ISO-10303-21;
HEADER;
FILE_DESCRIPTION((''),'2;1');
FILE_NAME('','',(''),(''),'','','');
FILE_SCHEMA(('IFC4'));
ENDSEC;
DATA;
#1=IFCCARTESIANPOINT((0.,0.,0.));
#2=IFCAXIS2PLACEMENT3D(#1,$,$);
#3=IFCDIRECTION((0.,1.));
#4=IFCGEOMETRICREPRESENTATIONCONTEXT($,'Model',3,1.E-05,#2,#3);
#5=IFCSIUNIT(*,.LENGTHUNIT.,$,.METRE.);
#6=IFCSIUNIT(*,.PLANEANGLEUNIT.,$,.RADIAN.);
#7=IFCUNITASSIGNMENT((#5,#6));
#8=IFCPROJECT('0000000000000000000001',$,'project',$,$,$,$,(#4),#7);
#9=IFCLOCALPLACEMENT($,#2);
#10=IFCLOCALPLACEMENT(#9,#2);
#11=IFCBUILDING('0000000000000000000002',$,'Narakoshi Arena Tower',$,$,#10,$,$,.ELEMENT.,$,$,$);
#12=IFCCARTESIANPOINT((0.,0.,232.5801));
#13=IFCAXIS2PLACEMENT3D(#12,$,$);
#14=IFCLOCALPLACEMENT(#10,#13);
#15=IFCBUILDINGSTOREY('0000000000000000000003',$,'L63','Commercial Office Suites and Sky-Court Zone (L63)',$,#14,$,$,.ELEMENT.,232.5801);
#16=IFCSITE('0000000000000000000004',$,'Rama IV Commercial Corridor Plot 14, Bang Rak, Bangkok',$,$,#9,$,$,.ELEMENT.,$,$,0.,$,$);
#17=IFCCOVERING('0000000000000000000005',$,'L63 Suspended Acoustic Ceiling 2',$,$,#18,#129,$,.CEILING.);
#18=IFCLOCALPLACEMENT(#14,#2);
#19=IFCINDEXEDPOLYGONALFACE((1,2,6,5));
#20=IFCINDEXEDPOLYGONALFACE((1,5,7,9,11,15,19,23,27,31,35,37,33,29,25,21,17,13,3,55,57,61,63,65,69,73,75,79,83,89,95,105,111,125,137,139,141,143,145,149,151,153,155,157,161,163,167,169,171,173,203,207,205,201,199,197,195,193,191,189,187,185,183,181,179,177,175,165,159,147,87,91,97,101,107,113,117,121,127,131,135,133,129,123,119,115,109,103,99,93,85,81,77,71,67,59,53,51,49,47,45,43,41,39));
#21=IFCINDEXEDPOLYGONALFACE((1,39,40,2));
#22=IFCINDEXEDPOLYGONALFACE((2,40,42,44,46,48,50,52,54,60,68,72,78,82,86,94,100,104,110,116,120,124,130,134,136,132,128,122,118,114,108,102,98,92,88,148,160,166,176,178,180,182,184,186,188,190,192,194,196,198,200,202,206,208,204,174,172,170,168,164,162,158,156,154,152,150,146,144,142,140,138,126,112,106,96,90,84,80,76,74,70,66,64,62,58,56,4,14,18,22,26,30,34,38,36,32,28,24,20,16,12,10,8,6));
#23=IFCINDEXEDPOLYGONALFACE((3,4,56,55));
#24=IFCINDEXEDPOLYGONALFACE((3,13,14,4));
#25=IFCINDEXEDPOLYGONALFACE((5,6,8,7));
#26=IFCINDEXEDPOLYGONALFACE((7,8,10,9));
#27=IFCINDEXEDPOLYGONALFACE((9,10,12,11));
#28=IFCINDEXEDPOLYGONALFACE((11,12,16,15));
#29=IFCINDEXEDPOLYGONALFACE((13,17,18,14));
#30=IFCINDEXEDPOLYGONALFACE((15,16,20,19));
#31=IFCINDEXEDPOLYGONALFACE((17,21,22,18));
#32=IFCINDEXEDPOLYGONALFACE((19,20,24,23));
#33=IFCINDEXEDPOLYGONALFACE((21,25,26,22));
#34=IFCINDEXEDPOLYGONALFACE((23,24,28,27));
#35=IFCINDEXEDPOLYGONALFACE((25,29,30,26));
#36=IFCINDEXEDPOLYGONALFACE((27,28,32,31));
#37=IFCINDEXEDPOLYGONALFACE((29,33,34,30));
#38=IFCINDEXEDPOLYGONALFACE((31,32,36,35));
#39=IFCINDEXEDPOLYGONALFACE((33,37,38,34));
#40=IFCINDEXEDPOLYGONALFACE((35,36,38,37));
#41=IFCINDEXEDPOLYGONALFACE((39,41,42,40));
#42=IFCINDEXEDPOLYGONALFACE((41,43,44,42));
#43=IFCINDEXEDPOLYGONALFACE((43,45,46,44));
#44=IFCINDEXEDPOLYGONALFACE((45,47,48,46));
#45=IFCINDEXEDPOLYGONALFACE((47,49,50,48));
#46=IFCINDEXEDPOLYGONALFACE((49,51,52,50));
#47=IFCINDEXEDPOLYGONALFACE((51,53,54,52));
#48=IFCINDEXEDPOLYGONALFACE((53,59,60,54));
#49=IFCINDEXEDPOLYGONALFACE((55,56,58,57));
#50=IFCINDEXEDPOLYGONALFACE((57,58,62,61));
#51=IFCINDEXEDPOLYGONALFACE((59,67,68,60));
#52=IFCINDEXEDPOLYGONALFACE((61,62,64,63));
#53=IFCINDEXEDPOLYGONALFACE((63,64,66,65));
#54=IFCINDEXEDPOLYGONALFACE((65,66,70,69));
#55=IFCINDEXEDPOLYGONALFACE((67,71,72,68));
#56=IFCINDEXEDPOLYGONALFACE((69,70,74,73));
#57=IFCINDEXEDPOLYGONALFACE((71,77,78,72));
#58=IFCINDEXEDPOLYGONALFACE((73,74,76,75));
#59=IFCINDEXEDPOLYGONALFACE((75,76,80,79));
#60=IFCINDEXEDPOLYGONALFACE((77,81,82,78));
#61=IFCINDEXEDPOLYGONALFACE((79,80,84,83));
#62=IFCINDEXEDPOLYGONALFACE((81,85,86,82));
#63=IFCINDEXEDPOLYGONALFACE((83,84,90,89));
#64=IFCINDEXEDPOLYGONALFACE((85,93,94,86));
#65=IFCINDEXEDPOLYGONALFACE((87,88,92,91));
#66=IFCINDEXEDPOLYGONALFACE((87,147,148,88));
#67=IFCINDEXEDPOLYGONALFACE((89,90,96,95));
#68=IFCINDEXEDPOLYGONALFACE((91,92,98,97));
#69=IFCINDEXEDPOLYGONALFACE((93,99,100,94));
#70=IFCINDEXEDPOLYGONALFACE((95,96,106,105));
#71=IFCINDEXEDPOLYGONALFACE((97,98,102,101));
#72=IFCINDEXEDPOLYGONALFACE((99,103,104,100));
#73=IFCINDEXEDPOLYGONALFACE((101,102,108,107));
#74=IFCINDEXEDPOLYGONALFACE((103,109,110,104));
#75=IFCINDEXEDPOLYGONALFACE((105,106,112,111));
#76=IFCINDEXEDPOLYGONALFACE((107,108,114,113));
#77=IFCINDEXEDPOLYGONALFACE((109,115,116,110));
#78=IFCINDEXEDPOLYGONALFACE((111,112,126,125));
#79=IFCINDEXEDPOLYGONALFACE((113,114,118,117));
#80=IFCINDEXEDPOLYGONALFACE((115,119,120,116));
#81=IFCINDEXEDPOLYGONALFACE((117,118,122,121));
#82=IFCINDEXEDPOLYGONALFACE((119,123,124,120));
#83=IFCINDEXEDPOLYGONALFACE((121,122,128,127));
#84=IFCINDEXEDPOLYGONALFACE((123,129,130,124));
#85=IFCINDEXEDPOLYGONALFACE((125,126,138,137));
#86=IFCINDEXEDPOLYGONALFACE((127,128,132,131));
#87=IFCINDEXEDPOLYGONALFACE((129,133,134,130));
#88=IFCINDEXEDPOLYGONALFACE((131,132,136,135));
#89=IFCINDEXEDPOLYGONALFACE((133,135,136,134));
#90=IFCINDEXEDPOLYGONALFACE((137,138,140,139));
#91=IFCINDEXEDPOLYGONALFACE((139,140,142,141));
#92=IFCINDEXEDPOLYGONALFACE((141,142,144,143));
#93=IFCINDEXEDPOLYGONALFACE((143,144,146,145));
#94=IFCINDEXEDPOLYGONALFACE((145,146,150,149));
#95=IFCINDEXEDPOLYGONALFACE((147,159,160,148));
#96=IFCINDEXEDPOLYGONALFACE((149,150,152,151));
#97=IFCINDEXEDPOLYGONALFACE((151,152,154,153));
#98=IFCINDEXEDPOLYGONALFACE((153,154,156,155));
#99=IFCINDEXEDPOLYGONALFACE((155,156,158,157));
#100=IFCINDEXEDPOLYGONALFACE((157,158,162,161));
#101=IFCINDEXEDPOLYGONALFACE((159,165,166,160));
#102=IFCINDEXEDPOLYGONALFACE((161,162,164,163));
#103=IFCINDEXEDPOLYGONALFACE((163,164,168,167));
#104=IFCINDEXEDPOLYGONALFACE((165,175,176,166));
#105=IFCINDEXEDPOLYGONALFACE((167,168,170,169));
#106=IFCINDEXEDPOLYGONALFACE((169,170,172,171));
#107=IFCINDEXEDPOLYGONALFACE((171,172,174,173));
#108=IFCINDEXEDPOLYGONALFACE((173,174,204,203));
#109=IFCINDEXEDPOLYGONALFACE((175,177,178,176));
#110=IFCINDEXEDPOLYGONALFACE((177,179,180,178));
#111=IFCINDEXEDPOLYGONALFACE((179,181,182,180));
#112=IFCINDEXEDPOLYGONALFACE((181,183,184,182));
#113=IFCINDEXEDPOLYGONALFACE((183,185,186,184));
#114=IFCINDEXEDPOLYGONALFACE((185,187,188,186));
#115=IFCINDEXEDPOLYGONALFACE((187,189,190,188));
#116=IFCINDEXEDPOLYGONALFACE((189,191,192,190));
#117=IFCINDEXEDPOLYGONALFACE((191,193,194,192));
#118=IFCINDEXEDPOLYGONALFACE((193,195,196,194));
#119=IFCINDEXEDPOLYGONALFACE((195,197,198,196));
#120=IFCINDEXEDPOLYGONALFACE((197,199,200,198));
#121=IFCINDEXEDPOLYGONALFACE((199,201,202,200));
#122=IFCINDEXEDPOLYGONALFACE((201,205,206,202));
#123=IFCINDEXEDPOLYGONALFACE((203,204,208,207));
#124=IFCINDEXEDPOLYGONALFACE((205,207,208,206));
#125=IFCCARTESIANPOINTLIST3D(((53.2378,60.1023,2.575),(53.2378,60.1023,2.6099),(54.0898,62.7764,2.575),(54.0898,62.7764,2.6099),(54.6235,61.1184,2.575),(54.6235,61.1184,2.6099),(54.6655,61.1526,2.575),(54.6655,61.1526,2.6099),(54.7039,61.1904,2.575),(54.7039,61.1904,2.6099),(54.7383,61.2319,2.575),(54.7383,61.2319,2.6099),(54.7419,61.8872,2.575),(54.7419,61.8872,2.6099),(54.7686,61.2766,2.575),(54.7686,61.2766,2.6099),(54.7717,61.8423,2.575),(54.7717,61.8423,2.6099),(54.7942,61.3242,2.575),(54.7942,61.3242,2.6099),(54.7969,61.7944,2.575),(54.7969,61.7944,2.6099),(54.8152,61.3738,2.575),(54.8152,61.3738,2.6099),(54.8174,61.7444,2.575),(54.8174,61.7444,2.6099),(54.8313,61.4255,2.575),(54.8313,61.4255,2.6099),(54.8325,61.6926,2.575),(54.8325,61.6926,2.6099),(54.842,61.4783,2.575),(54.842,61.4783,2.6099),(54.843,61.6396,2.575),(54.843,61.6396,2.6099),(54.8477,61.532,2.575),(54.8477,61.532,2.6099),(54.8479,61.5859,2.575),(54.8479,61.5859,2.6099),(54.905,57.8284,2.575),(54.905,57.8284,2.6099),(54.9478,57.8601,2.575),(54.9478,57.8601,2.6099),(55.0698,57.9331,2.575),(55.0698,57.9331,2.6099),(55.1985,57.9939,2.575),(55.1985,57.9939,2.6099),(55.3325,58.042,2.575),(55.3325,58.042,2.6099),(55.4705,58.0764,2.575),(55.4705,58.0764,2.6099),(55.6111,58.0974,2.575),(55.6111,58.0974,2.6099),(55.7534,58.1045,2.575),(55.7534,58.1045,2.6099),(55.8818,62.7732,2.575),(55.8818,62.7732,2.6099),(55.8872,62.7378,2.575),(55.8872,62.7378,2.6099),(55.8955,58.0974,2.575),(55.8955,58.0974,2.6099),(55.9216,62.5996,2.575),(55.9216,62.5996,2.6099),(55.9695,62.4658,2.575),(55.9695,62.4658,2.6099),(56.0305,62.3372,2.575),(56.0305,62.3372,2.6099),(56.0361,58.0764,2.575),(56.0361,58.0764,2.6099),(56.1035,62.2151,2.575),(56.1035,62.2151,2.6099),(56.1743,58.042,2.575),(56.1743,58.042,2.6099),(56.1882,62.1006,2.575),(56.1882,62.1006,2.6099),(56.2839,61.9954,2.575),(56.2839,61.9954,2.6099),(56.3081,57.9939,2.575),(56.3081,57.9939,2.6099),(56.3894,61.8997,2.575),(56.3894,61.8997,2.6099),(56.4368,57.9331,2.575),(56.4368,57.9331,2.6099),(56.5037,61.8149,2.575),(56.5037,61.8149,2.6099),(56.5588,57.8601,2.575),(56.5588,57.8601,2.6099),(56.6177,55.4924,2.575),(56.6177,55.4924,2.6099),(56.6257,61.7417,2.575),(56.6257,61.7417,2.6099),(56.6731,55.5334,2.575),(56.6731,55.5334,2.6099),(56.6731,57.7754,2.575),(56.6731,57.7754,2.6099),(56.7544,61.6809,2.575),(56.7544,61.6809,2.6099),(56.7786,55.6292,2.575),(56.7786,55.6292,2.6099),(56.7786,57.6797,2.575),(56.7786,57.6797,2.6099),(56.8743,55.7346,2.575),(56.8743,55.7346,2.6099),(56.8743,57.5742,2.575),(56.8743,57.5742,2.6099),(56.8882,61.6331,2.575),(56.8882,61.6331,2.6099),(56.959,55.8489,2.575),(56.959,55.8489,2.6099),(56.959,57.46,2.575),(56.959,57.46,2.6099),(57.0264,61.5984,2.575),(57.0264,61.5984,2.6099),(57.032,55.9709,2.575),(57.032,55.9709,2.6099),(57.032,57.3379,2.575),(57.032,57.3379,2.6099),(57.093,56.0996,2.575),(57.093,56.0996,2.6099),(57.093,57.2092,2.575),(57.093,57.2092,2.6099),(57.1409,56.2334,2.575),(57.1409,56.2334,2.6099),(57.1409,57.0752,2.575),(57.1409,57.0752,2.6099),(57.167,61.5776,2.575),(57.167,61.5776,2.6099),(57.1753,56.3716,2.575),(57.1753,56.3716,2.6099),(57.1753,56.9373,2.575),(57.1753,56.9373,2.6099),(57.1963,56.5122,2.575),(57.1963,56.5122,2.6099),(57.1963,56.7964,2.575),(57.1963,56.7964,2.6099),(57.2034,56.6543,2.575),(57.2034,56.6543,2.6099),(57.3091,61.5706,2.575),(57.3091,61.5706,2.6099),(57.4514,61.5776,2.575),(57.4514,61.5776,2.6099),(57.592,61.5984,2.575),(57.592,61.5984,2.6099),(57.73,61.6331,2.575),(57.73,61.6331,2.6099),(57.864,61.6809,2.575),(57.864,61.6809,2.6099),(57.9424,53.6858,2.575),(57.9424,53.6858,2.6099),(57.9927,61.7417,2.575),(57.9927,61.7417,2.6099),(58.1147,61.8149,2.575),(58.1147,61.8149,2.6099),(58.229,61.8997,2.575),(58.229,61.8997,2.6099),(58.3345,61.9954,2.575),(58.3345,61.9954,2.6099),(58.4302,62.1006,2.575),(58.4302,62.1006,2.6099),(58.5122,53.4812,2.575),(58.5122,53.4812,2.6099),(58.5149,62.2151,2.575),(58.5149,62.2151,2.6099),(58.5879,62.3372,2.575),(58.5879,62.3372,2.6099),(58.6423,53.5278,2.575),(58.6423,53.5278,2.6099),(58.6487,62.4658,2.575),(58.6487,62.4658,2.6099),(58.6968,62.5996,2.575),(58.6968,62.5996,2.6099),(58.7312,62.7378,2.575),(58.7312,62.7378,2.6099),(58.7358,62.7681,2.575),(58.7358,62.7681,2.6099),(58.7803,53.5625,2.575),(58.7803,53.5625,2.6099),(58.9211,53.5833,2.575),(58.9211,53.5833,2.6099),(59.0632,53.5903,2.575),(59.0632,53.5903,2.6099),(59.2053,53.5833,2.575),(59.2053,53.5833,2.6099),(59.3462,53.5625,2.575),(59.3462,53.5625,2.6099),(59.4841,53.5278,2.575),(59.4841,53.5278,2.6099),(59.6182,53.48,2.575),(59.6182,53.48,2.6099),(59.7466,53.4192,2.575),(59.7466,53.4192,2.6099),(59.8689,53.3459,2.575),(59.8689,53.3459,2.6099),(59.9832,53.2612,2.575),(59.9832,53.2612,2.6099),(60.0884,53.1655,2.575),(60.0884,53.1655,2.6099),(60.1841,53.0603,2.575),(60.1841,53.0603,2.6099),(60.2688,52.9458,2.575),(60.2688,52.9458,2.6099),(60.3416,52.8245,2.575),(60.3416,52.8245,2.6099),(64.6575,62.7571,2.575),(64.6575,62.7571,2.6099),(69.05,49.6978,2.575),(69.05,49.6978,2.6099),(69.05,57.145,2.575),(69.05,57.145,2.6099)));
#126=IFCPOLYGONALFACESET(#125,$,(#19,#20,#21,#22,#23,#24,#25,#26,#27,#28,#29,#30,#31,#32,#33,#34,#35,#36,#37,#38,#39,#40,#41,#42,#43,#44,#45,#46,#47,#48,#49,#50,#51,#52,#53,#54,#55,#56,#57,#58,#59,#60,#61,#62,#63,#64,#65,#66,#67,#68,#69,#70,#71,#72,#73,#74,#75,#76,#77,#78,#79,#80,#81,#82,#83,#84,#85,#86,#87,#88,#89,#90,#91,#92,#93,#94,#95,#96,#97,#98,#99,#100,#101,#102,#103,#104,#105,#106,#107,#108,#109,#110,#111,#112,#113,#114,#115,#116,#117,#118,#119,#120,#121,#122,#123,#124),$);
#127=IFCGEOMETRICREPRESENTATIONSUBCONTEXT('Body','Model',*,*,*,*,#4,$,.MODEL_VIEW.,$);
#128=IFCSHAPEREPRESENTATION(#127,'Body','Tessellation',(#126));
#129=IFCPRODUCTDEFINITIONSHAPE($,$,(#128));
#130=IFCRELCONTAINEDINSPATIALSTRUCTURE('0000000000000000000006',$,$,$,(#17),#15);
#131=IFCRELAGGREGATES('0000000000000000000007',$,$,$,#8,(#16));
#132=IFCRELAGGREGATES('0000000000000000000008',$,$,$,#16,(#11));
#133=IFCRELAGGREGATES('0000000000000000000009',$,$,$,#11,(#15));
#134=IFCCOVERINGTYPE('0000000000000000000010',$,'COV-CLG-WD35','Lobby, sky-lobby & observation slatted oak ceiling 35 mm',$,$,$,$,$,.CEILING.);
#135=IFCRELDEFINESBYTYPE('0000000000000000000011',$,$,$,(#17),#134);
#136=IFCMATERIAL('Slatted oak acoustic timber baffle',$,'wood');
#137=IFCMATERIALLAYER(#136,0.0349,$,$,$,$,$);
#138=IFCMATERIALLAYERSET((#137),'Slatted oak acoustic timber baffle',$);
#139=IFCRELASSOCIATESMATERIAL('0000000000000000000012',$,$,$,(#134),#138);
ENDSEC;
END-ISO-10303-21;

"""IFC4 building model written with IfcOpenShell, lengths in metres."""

from ifc_helpers import new_model, si_unit, direction, frame, origin, place, context, subcontext, project, spatial, polyline, outline, extrude, material, layer, layer_set, type_object, element, save


model = new_model("IFC4")

# Units and contexts
model_context = context("Model", 3, precision=1e-05, world=origin(), true_north=direction((0.0, 1.0)))
body_context = subcontext(model_context, "Body", "Model", "MODEL_VIEW")
ifc_project = project(units=[si_unit("LENGTHUNIT", "METRE"), si_unit("PLANEANGLEUNIT", "RADIAN")], contexts=[model_context])

# Site, building, storey
site_placement = place(None, origin())
site = spatial("IfcSite", under=ifc_project, at=site_placement, Name="Rama IV Commercial Corridor Plot 14, Bang Rak, Bangkok", CompositionType="ELEMENT", RefElevation=0.0)
building_placement = place(site_placement, origin())
building = spatial("IfcBuilding", under=site, at=building_placement, Name="Narakoshi Arena Tower", CompositionType="ELEMENT")
storey_placement = place(building_placement, frame((0.0, 0.0, 232.5801)))
storey = spatial("IfcBuildingStorey", under=building, at=storey_placement, Name="L63", Description="Commercial Office Suites and Sky-Court Zone (L63)", CompositionType="ELEMENT", Elevation=232.5801)

# Covering
ifc_material_1 = material(Name="Slatted oak acoustic timber baffle", Category="wood")
ifc_layer_1 = layer(ifc_material_1, 0.0349)
ifc_layer_set_1 = layer_set([ifc_layer_1], Name="Slatted oak acoustic timber baffle")
covering_type_1 = type_object("IfcCoveringType", Name="COV-CLG-WD35", Description="Lobby, sky-lobby & observation slatted oak ceiling 35 mm", PredefinedType="CEILING", material=ifc_layer_set_1)
covering_1_placement = place(storey_placement, frame((0.0, 0.0, 2.575)))
element("IfcCovering", 1, at=covering_1_placement, inside=storey, type_object=covering_type_1, Name="L63 Suspended Acoustic Ceiling 2", PredefinedType="CEILING", context=body_context, shape_type="SweptSolid", body=[
    extrude(outline(polyline([(55.8818, 62.7732), (55.8872, 62.7378), (55.9216, 62.5996), (55.9695, 62.4658), (56.0305, 62.3372), (56.1035, 62.2151), (56.1882, 62.1006), (56.2839, 61.9954), (56.3894, 61.8997), (56.5037, 61.8149), (56.6257, 61.7417), (56.7544, 61.6809), (56.8882, 61.6331), (57.0264, 61.5984), (57.167, 61.5776), (57.3091, 61.5706), (57.4514, 61.5776), (57.592, 61.5984), (57.73, 61.6331), (57.864, 61.6809), (57.9927, 61.7417), (58.1147, 61.8149), (58.229, 61.8997), (58.3345, 61.9954), (58.4302, 62.1006), (58.5149, 62.2151), (58.5879, 62.3372), (58.6487, 62.4658), (58.6968, 62.5996), (58.7312, 62.7378), (58.7358, 62.7681), (64.6575, 62.7571), (69.05, 57.145), (69.05, 49.6978), (60.3416, 52.8245), (60.2688, 52.9458), (60.1841, 53.0603), (60.0884, 53.1655), (59.9832, 53.2612), (59.8689, 53.3459), (59.7466, 53.4192), (59.6182, 53.48), (59.4841, 53.5278), (59.3462, 53.5625), (59.2053, 53.5833), (59.0632, 53.5903), (58.9211, 53.5833), (58.7803, 53.5625), (58.6423, 53.5278), (58.5122, 53.4812), (57.9424, 53.6858), (56.6177, 55.4924), (56.6731, 55.5334), (56.7786, 55.6292), (56.8743, 55.7346), (56.959, 55.8489), (57.032, 55.9709), (57.093, 56.0996), (57.1409, 56.2334), (57.1753, 56.3716), (57.1963, 56.5122), (57.2034, 56.6543), (57.1963, 56.7964), (57.1753, 56.9373), (57.1409, 57.0752), (57.093, 57.2092), (57.032, 57.3379), (56.959, 57.46), (56.8743, 57.5742), (56.7786, 57.6797), (56.6731, 57.7754), (56.5588, 57.8601), (56.4368, 57.9331), (56.3081, 57.9939), (56.1743, 58.042), (56.0361, 58.0764), (55.8955, 58.0974), (55.7534, 58.1045), (55.6111, 58.0974), (55.4705, 58.0764), (55.3325, 58.042), (55.1985, 57.9939), (55.0698, 57.9331), (54.9478, 57.8601), (54.905, 57.8284), (53.2378, 60.1023), (54.6235, 61.1184), (54.6655, 61.1526), (54.7039, 61.1904), (54.7383, 61.2319), (54.7686, 61.2766), (54.7942, 61.3242), (54.8152, 61.3738), (54.8313, 61.4255), (54.842, 61.4783), (54.8477, 61.532), (54.8479, 61.5859), (54.843, 61.6396), (54.8325, 61.6926), (54.8174, 61.7444), (54.7969, 61.7944), (54.7717, 61.8423), (54.7419, 61.8872), (54.0898, 62.7764), (55.8818, 62.7732)])), origin(), (0.0, 0.0, 1.0), 0.0349),
])

save(model, "model.ifc")
